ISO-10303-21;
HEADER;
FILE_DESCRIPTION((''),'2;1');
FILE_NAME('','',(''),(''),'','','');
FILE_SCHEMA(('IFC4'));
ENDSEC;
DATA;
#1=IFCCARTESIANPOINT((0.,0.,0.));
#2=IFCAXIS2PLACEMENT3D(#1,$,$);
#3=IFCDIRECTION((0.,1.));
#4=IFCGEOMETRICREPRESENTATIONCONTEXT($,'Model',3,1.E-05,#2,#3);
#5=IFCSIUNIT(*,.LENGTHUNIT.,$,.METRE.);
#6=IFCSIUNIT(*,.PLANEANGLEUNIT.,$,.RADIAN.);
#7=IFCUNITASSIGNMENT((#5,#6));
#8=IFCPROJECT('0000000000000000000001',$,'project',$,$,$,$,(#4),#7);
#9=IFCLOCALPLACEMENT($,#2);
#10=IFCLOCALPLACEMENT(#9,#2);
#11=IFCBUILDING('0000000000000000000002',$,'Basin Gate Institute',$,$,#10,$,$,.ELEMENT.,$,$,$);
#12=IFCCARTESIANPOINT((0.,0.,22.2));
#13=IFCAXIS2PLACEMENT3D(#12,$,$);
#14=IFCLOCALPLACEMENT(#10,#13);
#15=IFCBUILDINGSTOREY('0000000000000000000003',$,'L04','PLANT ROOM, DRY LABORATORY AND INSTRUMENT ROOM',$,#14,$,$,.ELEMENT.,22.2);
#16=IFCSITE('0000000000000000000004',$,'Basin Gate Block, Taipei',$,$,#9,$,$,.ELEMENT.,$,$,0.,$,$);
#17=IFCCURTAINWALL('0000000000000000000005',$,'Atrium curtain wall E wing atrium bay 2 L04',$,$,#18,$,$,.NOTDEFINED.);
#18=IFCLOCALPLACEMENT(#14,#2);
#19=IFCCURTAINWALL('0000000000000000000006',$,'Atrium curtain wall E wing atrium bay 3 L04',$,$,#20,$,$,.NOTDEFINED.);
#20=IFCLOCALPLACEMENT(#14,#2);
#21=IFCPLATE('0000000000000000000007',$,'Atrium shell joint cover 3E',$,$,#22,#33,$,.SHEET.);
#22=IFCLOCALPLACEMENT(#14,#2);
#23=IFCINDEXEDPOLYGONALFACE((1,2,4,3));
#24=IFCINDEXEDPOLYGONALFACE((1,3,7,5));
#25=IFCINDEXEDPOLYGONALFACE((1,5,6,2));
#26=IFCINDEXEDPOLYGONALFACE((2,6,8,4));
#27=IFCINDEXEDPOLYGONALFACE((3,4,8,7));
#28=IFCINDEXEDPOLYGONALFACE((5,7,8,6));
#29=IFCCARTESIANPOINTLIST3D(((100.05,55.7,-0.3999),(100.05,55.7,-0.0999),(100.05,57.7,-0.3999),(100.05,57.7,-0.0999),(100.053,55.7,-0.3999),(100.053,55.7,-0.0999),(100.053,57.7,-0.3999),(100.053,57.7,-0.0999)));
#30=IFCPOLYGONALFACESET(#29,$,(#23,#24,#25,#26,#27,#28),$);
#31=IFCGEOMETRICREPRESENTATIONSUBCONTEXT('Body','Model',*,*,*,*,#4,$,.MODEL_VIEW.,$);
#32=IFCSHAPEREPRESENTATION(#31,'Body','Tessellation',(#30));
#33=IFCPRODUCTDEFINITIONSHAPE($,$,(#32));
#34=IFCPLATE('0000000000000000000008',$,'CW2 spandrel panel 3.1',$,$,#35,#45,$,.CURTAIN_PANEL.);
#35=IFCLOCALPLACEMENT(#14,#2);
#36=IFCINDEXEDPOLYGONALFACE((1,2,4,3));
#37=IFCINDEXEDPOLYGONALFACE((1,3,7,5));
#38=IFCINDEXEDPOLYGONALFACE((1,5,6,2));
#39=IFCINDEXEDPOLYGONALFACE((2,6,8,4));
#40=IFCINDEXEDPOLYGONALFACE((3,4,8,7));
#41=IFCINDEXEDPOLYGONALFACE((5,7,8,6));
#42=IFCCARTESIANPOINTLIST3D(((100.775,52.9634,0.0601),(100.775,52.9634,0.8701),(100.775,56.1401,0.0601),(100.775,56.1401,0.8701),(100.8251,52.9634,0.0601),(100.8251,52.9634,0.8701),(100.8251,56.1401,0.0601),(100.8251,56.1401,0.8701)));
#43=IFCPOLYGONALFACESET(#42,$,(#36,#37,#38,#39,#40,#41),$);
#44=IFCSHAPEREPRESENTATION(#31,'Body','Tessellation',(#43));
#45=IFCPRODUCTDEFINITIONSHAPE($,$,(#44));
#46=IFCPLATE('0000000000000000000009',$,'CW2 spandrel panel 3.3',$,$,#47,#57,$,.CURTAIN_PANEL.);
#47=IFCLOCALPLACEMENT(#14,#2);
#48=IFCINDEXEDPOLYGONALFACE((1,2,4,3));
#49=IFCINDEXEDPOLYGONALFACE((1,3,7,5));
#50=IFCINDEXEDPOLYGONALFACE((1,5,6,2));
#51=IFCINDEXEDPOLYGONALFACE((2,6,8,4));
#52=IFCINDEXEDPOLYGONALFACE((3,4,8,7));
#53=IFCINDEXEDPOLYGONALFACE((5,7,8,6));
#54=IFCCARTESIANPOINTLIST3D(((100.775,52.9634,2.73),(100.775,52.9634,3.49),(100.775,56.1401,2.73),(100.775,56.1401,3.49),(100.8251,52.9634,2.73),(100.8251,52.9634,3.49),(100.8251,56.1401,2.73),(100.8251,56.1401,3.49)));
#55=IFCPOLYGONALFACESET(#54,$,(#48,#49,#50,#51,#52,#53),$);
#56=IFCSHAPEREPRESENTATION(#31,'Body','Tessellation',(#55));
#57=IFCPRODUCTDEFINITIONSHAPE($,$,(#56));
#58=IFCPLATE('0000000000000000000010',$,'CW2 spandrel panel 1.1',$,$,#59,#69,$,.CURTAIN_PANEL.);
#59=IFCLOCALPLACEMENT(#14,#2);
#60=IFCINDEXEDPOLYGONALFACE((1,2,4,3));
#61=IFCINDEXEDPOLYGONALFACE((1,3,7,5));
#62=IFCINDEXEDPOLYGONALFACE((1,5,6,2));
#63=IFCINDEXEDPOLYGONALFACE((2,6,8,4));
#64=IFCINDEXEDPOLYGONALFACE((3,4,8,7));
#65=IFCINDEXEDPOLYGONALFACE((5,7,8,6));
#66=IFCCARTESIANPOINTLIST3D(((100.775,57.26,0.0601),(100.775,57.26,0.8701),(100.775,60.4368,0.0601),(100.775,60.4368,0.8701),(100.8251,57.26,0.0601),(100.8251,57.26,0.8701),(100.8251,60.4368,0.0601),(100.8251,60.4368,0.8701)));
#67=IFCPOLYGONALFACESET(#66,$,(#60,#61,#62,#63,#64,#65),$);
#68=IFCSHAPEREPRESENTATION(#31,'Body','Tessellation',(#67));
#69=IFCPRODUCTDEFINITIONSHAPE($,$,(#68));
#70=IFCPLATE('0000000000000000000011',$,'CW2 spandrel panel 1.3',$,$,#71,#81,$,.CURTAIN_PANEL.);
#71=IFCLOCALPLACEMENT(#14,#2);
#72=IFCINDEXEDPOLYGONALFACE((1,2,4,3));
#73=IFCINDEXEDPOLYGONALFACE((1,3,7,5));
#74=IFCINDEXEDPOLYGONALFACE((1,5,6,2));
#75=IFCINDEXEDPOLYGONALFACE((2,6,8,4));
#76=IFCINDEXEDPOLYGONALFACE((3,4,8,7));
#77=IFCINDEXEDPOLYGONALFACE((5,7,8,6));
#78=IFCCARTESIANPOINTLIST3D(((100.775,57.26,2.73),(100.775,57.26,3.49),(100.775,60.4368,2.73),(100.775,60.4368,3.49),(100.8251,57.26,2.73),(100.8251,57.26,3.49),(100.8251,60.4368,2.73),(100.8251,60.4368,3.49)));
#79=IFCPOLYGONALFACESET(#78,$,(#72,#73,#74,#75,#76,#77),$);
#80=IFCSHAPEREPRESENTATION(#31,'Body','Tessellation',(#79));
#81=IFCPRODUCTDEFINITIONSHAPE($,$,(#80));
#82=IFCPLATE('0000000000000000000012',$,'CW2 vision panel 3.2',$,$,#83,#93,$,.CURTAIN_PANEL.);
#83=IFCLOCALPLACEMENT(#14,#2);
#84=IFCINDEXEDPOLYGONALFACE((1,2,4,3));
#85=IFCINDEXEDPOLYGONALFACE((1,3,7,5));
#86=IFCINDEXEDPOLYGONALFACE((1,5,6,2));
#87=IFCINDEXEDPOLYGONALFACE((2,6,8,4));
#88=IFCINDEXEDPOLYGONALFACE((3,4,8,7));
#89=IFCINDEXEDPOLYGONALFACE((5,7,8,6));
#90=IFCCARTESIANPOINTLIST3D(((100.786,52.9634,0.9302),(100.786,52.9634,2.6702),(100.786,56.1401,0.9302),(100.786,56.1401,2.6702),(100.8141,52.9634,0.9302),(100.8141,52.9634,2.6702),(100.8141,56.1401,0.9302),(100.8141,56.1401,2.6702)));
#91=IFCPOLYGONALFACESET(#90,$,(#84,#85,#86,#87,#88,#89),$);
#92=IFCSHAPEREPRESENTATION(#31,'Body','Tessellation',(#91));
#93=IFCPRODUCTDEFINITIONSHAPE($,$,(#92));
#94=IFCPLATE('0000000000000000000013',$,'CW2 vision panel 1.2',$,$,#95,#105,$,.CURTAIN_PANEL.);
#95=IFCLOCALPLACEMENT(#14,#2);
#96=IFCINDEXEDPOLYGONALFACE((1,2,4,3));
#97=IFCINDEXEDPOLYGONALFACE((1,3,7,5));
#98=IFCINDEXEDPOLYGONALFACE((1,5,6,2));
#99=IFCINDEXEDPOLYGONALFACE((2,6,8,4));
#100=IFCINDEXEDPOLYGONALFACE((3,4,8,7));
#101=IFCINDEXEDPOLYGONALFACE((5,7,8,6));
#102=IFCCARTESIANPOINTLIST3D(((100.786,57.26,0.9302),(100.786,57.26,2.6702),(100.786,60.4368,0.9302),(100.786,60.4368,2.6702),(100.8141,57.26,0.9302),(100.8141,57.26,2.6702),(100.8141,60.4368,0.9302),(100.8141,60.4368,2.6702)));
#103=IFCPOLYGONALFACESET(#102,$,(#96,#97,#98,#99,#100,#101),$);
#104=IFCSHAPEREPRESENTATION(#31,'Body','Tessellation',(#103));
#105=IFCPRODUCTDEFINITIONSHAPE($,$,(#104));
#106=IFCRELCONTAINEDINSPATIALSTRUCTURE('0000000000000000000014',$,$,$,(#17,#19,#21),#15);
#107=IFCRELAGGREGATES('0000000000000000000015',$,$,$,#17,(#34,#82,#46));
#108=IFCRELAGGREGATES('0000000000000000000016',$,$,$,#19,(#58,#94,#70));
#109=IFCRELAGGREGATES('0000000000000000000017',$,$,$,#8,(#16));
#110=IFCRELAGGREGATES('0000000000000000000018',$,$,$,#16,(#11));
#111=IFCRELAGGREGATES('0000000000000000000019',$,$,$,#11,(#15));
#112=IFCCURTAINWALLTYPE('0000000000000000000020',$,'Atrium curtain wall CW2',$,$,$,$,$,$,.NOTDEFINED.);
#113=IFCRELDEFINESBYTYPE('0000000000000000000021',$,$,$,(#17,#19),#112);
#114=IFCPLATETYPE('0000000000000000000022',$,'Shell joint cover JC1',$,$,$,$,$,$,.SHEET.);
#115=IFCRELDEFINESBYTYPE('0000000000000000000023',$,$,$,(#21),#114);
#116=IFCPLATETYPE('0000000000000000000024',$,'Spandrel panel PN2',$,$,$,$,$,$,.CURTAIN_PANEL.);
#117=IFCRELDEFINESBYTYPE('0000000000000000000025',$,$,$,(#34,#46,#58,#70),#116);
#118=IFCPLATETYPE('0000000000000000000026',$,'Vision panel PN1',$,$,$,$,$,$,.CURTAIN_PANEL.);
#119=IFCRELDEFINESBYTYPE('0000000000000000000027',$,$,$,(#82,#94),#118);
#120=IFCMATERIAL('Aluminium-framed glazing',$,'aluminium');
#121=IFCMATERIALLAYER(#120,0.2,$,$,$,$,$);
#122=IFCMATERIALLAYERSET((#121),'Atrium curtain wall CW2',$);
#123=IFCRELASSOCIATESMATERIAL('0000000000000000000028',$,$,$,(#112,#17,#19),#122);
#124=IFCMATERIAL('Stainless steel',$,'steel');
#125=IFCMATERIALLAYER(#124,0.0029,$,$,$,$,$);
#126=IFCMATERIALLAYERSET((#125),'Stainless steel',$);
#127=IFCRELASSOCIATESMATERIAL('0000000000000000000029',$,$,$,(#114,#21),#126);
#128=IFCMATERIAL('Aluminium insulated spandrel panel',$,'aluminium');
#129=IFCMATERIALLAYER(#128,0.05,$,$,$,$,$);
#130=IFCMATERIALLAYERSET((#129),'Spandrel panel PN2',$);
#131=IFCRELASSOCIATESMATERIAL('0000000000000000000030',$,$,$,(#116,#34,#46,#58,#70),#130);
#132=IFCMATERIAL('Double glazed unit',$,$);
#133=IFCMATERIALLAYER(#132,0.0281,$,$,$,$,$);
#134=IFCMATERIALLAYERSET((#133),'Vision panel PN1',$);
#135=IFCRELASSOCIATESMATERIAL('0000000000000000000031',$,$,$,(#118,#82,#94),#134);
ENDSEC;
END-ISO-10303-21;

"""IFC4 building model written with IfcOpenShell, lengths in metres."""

from ifc_helpers import new_model, si_unit, direction, frame, origin, origin_2d, place, context, subcontext, project, spatial, rectangle, extrude, material, layer, layer_set, type_object, element, aggregate, save


model = new_model("IFC4")

# Units and contexts
model_context = context("Model", 3, precision=1e-05, world=origin(), true_north=direction((0.0, 1.0)))
body_context = subcontext(model_context, "Body", "Model", "MODEL_VIEW")
ifc_project = project(units=[si_unit("LENGTHUNIT", "METRE"), si_unit("PLANEANGLEUNIT", "RADIAN")], contexts=[model_context])

# Site, building, storey
site_placement = place(None, origin())
site = spatial("IfcSite", under=ifc_project, at=site_placement, Name="Basin Gate Block, Taipei", CompositionType="ELEMENT", RefElevation=0.0)
building_placement = place(site_placement, origin())
building = spatial("IfcBuilding", under=site, at=building_placement, Name="Basin Gate Institute", CompositionType="ELEMENT")
storey_placement = place(building_placement, frame((0.0, 0.0, 22.2)))
storey = spatial("IfcBuildingStorey", under=building, at=storey_placement, Name="L04", Description="PLANT ROOM, DRY LABORATORY AND INSTRUMENT ROOM", CompositionType="ELEMENT", Elevation=22.2)

# Curtain wall
ifc_material_1 = material(Name="Aluminium-framed glazing", Category="aluminium")
ifc_layer_1 = layer(ifc_material_1, 0.2)
ifc_layer_set_1 = layer_set([ifc_layer_1], Name="Atrium curtain wall CW2")
curtain_wall_type = type_object("IfcCurtainWallType", Name="Atrium curtain wall CW2", PredefinedType="NOTDEFINED", material=ifc_layer_set_1)
curtain_wall_1_placement = place(storey_placement, origin())
curtain_wall_1 = element("IfcCurtainWall", 1, at=curtain_wall_1_placement, inside=storey, type_object=curtain_wall_type, material=ifc_layer_set_1, Name="Atrium curtain wall E wing atrium bay 2 L04", PredefinedType="NOTDEFINED")

# Curtain wall
curtain_wall_2_placement = place(storey_placement, origin())
curtain_wall_2 = element("IfcCurtainWall", 2, at=curtain_wall_2_placement, inside=storey, type_object=curtain_wall_type, material=ifc_layer_set_1, Name="Atrium curtain wall E wing atrium bay 3 L04", PredefinedType="NOTDEFINED")

# Plates
ifc_material_2 = material(Name="Stainless steel", Category="steel")
ifc_layer_2 = layer(ifc_material_2, 0.0029)
ifc_layer_set_2 = layer_set([ifc_layer_2], Name="Stainless steel")
plate_type_1 = type_object("IfcPlateType", Name="Shell joint cover JC1", PredefinedType="SHEET", material=ifc_layer_set_2)
plate_1_placement = place(storey_placement, frame((100.0515, 56.7, -0.3999), z_axis=(0.0, 0.0, 1.0), x_axis=(1.0, 0.0, 0.0)))
element("IfcPlate", 3, at=plate_1_placement, inside=storey, type_object=plate_type_1, material=ifc_layer_set_2, Name="Atrium shell joint cover 3E", PredefinedType="SHEET", context=body_context, shape_type="SweptSolid", body=[
    extrude(rectangle(XDim=0.0029, YDim=2.0, at=origin_2d()), origin(), (0.0, 0.0, 1.0), 0.3),
])
ifc_material_3 = material(Name="Aluminium insulated spandrel panel", Category="aluminium")
ifc_layer_3 = layer(ifc_material_3, 0.05)
ifc_layer_set_3 = layer_set([ifc_layer_3], Name="Spandrel panel PN2")
plate_type_2 = type_object("IfcPlateType", Name="Spandrel panel PN2", PredefinedType="CURTAIN_PANEL", material=ifc_layer_set_3)
plate_2_placement = place(storey_placement, frame((100.8, 54.5518, 0.0601), z_axis=(0.0, 0.0, 1.0), x_axis=(0.0, 1.0, 0.0)))
plate_2 = element("IfcPlate", 4, at=plate_2_placement, type_object=plate_type_2, material=ifc_layer_set_3, Name="CW2 spandrel panel 3.1", PredefinedType="CURTAIN_PANEL", context=body_context, shape_type="SweptSolid", body=[
    extrude(rectangle(XDim=3.1768, YDim=0.05, at=origin_2d()), origin(), (0.0, 0.0, 1.0), 0.8101),
])
plate_3_placement = place(storey_placement, frame((100.8, 54.5518, 2.73), z_axis=(0.0, 0.0, 1.0), x_axis=(0.0, 1.0, 0.0)))
plate_3 = element("IfcPlate", 5, at=plate_3_placement, type_object=plate_type_2, material=ifc_layer_set_3, Name="CW2 spandrel panel 3.3", PredefinedType="CURTAIN_PANEL", context=body_context, shape_type="SweptSolid", body=[
    extrude(rectangle(XDim=3.1768, YDim=0.05, at=origin_2d()), origin(), (0.0, 0.0, 1.0), 0.76),
])
plate_4_placement = place(storey_placement, frame((100.8, 58.8484, 0.0601), z_axis=(0.0, 0.0, 1.0), x_axis=(0.0, 1.0, 0.0)))
plate_4 = element("IfcPlate", 6, at=plate_4_placement, type_object=plate_type_2, material=ifc_layer_set_3, Name="CW2 spandrel panel 1.1", PredefinedType="CURTAIN_PANEL", context=body_context, shape_type="SweptSolid", body=[
    extrude(rectangle(XDim=3.1768, YDim=0.05, at=origin_2d()), origin(), (0.0, 0.0, 1.0), 0.8101),
])
plate_5_placement = place(storey_placement, frame((100.8, 58.8484, 2.73), z_axis=(0.0, 0.0, 1.0), x_axis=(0.0, 1.0, 0.0)))
plate_5 = element("IfcPlate", 7, at=plate_5_placement, type_object=plate_type_2, material=ifc_layer_set_3, Name="CW2 spandrel panel 1.3", PredefinedType="CURTAIN_PANEL", context=body_context, shape_type="SweptSolid", body=[
    extrude(rectangle(XDim=3.1768, YDim=0.05, at=origin_2d()), origin(), (0.0, 0.0, 1.0), 0.76),
])
ifc_material_4 = material(Name="Double glazed unit")
ifc_layer_4 = layer(ifc_material_4, 0.0281)
ifc_layer_set_4 = layer_set([ifc_layer_4], Name="Vision panel PN1")
plate_type_3 = type_object("IfcPlateType", Name="Vision panel PN1", PredefinedType="CURTAIN_PANEL", material=ifc_layer_set_4)
plate_6_placement = place(storey_placement, frame((100.8, 54.5518, 0.9302), z_axis=(0.0, 0.0, 1.0), x_axis=(0.0, 1.0, 0.0)))
plate_6 = element("IfcPlate", 8, at=plate_6_placement, type_object=plate_type_3, material=ifc_layer_set_4, Name="CW2 vision panel 3.2", PredefinedType="CURTAIN_PANEL", context=body_context, shape_type="SweptSolid", body=[
    extrude(rectangle(XDim=3.1768, YDim=0.0281, at=origin_2d()), origin(), (0.0, 0.0, 1.0), 1.74),
])
aggregate(curtain_wall_1, [plate_2, plate_6, plate_3])
plate_7_placement = place(storey_placement, frame((100.8, 58.8484, 0.9302), z_axis=(0.0, 0.0, 1.0), x_axis=(0.0, 1.0, 0.0)))
plate_7 = element("IfcPlate", 9, at=plate_7_placement, type_object=plate_type_3, material=ifc_layer_set_4, Name="CW2 vision panel 1.2", PredefinedType="CURTAIN_PANEL", context=body_context, shape_type="SweptSolid", body=[
    extrude(rectangle(XDim=3.1768, YDim=0.0281, at=origin_2d()), origin(), (0.0, 0.0, 1.0), 1.74),
])
aggregate(curtain_wall_2, [plate_4, plate_7, plate_5])

save(model, "model.ifc")
